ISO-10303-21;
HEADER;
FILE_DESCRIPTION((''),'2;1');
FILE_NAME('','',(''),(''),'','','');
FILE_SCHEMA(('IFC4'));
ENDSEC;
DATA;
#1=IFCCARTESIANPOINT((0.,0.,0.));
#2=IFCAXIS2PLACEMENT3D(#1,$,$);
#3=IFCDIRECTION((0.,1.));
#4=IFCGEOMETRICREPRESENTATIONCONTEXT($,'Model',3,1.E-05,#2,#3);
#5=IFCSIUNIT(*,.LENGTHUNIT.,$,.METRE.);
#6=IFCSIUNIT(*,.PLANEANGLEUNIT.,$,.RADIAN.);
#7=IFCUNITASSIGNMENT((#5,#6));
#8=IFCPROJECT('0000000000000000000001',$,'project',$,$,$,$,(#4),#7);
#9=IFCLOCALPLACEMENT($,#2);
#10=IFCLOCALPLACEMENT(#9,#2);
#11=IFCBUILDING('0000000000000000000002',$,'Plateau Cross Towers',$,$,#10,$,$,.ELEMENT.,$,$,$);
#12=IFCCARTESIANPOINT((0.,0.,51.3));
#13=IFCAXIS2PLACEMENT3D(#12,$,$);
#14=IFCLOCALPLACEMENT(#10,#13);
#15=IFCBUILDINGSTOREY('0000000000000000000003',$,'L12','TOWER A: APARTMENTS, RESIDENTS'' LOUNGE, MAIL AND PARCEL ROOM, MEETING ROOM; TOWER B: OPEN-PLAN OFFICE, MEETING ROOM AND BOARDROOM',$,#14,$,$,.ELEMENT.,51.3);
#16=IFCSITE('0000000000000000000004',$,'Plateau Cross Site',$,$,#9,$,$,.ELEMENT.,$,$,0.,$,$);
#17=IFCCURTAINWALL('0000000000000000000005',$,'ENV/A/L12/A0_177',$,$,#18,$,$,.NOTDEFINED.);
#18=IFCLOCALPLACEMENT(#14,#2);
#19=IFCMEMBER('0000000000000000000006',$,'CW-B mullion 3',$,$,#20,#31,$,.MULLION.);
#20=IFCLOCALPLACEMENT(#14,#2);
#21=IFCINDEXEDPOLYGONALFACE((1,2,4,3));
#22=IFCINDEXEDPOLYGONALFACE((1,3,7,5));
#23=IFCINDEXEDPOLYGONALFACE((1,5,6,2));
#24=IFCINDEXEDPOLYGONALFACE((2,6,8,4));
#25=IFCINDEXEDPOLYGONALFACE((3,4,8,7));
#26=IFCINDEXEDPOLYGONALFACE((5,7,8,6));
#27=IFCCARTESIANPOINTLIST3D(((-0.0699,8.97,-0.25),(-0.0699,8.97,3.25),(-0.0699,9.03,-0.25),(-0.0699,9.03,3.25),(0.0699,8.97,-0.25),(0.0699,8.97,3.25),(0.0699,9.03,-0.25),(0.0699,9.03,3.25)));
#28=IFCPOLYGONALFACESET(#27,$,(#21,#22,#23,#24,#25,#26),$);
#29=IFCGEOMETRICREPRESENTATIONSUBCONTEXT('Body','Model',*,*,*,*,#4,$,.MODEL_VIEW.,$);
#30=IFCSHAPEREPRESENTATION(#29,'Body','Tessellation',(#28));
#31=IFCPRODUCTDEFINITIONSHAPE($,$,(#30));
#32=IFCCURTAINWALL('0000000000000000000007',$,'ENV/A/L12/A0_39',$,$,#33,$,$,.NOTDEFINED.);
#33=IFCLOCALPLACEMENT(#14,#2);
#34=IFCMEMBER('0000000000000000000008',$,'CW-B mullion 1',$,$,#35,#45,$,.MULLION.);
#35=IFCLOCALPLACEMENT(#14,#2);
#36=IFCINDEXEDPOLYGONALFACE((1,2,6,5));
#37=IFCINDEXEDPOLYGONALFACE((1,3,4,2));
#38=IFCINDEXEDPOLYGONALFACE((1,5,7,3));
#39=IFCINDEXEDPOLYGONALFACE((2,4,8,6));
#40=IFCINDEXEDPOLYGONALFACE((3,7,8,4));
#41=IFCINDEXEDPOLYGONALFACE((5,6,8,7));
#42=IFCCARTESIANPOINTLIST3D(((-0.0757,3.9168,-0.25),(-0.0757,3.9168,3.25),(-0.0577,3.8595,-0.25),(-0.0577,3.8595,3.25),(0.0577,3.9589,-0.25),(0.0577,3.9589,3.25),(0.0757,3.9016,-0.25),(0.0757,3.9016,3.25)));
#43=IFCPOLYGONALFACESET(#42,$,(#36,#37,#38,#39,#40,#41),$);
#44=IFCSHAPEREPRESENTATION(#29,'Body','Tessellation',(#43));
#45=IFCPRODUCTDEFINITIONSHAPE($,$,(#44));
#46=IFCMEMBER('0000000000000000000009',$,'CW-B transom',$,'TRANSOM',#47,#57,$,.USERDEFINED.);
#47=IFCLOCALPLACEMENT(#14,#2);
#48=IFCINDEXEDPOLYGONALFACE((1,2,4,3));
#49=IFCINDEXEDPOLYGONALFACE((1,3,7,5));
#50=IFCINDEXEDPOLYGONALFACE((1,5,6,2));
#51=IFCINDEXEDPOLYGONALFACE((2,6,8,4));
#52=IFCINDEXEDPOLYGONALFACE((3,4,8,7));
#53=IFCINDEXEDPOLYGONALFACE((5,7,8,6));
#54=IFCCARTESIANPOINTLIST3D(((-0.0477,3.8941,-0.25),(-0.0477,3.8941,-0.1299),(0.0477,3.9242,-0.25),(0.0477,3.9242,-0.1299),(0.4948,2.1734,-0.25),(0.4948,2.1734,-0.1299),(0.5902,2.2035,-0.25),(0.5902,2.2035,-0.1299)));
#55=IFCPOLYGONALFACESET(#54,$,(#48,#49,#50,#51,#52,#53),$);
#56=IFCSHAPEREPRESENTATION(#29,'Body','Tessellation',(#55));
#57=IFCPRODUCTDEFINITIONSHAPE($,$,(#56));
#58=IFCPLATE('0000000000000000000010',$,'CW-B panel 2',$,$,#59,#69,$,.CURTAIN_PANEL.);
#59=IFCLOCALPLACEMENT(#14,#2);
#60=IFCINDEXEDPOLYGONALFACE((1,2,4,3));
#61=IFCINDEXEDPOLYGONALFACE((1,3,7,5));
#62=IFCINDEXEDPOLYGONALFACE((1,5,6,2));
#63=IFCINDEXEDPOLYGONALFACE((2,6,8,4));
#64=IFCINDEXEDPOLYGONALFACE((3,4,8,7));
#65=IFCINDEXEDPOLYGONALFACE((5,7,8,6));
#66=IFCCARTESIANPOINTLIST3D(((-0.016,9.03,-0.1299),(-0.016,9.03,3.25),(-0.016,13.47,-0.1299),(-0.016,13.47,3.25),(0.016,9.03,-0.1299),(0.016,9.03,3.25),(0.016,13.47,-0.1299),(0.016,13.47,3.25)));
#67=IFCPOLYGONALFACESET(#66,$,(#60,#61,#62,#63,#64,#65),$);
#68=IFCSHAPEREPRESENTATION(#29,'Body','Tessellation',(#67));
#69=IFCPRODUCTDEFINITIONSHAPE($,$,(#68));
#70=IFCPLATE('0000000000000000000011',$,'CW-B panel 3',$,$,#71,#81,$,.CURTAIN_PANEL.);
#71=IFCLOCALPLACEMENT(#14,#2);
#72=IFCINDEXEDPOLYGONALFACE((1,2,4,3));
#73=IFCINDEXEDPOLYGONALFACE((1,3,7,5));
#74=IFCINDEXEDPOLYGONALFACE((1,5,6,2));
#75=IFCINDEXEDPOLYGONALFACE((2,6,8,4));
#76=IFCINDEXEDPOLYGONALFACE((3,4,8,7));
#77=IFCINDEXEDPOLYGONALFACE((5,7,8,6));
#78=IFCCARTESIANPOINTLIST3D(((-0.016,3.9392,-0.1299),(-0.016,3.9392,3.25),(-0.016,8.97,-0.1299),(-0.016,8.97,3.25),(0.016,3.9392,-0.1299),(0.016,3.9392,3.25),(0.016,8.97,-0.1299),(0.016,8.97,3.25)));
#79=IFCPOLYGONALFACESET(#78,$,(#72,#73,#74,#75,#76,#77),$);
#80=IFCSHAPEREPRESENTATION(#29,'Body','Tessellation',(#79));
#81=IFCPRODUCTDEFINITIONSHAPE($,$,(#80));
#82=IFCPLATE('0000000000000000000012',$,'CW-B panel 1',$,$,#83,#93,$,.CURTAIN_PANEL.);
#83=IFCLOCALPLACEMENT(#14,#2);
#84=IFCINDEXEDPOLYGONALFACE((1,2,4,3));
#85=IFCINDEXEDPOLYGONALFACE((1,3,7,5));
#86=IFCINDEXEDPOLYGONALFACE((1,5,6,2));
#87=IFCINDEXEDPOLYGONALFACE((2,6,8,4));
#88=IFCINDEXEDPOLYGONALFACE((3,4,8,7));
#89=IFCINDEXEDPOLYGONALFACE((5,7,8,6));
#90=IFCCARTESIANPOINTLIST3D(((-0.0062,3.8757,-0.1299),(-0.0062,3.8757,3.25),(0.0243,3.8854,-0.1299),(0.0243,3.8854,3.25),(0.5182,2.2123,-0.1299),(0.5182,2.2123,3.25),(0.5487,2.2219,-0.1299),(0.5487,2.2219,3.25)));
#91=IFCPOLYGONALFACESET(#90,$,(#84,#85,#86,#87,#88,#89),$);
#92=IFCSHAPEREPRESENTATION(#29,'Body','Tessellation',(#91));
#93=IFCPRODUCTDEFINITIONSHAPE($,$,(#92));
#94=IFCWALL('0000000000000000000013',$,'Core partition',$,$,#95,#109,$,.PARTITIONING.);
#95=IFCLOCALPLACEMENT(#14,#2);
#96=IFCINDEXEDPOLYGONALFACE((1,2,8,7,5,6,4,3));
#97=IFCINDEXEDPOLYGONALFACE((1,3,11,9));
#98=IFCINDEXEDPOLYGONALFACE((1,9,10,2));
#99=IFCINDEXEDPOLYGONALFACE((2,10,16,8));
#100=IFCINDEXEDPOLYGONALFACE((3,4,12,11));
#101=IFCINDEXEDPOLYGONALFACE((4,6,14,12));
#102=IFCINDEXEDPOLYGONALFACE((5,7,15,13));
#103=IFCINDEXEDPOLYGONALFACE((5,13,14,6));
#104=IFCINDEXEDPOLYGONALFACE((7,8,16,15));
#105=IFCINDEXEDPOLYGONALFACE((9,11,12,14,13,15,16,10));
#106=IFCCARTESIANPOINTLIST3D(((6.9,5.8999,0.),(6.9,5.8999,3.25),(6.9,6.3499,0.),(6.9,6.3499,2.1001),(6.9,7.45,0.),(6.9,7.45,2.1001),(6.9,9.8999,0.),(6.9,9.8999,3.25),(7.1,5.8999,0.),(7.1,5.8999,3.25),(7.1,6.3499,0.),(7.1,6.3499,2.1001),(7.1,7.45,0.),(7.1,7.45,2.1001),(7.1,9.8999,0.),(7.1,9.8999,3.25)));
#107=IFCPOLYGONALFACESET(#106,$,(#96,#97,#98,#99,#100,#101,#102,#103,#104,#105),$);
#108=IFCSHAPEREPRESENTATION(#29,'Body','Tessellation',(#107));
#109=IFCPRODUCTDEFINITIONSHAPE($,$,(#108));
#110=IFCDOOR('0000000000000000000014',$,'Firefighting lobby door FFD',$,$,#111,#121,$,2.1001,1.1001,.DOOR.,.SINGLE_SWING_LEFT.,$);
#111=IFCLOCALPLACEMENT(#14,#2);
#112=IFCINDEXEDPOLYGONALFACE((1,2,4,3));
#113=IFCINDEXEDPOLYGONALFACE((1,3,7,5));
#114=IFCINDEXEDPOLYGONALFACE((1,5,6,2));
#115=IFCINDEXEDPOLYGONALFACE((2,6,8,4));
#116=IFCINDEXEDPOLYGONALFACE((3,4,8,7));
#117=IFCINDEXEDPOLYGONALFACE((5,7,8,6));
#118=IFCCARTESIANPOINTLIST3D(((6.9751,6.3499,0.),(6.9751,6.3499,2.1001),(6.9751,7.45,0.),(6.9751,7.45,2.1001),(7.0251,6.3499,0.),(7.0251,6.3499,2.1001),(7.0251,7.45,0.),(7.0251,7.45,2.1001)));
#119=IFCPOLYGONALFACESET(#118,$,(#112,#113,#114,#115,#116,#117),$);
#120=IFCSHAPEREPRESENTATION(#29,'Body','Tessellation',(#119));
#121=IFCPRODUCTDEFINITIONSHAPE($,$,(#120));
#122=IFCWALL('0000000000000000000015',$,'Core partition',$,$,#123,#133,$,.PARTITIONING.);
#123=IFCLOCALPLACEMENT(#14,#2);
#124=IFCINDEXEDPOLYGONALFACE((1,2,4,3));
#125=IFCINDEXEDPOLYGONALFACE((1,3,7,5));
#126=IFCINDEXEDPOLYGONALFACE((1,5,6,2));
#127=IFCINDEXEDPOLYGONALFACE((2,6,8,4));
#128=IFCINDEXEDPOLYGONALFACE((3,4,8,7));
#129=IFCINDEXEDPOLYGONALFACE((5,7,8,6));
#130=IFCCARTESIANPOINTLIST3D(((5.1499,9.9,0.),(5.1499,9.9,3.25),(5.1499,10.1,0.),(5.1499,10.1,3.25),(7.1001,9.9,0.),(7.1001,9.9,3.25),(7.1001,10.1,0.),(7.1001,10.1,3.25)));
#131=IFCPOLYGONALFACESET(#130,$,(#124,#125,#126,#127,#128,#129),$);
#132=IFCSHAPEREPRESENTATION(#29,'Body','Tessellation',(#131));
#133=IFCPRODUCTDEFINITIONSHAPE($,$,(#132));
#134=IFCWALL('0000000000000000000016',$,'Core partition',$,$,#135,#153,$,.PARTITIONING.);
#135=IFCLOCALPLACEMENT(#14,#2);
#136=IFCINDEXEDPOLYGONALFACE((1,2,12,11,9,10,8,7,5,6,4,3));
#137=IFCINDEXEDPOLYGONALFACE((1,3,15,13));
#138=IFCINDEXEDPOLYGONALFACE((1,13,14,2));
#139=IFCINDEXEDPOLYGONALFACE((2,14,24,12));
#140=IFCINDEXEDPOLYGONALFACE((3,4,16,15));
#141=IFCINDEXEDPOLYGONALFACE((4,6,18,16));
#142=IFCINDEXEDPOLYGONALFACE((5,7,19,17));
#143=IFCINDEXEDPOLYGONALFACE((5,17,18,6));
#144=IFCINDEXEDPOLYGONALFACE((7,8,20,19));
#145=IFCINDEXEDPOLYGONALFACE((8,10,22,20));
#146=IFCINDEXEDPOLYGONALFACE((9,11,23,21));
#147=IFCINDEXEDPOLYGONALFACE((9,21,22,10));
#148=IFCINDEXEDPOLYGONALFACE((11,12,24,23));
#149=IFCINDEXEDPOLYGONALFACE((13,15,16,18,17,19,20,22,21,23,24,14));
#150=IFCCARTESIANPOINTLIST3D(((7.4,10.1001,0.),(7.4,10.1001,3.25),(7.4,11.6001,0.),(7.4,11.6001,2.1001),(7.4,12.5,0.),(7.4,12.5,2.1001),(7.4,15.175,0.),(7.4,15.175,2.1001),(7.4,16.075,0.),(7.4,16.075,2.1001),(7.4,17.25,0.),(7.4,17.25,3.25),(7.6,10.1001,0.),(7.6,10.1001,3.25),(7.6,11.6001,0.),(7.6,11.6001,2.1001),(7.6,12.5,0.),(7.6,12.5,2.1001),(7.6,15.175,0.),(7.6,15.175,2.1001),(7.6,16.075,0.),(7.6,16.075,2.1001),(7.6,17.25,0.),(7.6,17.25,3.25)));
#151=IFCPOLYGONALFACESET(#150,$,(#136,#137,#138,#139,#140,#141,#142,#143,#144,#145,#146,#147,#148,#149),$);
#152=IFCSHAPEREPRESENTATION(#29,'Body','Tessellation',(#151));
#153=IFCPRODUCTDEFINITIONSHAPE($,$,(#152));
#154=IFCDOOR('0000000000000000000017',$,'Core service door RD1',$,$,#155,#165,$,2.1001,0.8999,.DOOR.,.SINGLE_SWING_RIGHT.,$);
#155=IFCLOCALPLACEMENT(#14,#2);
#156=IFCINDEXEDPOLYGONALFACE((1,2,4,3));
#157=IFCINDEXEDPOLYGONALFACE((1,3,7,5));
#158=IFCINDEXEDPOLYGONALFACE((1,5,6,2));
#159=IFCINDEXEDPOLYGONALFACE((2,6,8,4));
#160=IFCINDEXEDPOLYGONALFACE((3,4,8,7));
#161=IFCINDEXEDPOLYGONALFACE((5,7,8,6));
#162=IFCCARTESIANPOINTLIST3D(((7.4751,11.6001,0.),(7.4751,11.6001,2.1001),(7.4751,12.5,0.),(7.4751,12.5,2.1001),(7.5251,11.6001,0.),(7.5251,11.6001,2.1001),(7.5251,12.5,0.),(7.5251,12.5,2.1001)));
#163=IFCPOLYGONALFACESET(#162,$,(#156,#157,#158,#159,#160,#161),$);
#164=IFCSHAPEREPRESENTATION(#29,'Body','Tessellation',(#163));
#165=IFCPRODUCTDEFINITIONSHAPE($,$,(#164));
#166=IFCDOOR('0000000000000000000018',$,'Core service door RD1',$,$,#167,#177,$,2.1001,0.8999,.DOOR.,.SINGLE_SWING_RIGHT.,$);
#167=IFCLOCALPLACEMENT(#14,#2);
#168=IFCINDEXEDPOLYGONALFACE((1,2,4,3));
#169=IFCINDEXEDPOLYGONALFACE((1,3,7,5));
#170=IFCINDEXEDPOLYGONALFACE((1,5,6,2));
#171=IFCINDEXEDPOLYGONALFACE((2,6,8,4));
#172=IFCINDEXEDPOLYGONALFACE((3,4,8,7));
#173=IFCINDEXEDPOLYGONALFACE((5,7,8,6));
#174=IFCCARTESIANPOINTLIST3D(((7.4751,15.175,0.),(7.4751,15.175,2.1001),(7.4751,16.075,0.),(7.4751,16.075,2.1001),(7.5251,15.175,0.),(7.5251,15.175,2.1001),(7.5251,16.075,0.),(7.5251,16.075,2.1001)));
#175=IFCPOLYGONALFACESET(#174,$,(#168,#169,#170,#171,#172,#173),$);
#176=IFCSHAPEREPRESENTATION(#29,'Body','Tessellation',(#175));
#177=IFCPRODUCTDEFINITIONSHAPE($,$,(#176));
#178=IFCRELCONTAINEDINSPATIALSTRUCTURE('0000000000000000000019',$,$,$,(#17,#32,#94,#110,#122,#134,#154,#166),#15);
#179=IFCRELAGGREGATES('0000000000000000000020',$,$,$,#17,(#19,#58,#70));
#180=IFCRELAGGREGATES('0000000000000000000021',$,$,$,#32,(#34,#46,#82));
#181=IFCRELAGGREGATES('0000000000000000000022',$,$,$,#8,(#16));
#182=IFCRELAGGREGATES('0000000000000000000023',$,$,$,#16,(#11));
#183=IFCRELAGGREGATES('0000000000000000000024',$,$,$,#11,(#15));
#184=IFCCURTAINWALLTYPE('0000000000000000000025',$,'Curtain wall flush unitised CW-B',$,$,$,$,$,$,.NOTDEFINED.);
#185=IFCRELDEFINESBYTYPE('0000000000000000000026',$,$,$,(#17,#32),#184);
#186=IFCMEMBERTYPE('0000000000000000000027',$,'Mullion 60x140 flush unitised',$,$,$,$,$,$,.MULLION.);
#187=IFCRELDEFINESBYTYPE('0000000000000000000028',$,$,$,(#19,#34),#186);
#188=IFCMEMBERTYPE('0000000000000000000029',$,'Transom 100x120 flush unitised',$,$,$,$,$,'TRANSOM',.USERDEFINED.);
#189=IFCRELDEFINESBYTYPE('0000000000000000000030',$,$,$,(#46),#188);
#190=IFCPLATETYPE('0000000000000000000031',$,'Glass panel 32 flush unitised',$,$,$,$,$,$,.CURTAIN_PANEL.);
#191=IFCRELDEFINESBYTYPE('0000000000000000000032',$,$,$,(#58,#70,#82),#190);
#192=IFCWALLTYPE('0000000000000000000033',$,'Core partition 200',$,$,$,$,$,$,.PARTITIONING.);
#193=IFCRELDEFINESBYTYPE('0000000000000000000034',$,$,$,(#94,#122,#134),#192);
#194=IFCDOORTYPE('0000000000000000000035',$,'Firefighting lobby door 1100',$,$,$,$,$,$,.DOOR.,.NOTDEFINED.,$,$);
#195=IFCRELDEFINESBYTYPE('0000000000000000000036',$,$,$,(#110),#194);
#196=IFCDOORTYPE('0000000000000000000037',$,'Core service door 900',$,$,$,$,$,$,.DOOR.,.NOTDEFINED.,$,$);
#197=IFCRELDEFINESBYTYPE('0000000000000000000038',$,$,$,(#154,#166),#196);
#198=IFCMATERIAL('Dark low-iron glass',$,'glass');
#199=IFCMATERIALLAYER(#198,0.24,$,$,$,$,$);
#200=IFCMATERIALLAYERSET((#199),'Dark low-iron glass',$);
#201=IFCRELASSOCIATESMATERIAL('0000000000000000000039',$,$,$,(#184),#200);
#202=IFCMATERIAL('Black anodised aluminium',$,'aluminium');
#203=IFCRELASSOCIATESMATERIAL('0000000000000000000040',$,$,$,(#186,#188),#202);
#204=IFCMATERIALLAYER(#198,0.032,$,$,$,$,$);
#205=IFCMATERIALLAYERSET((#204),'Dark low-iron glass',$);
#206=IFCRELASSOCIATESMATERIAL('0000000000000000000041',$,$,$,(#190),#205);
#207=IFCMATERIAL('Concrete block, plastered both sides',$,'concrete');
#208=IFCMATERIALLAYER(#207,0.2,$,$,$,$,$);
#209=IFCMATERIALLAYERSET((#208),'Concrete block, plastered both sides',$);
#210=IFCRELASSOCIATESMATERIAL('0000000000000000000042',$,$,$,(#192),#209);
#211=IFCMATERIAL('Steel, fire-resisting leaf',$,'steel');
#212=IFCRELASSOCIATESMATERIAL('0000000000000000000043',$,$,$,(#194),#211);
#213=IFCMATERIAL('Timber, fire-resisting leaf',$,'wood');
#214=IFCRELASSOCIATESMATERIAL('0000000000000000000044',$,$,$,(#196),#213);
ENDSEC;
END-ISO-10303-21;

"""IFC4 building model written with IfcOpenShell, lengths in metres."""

from ifc_helpers import new_model, si_unit, direction, frame, frame_2d, origin, origin_2d, place, context, subcontext, project, spatial, rectangle, extrude, material, layer, layer_set, material_profile, profile_set, type_object, element, fill, aggregate, save


model = new_model("IFC4")

# Units and contexts
model_context = context("Model", 3, precision=1e-05, world=origin(), true_north=direction((0.0, 1.0)))
body_context = subcontext(model_context, "Body", "Model", "MODEL_VIEW")
ifc_project = project(units=[si_unit("LENGTHUNIT", "METRE"), si_unit("PLANEANGLEUNIT", "RADIAN")], contexts=[model_context])

# Site, building, storey
site_placement = place(None, origin())
site = spatial("IfcSite", under=ifc_project, at=site_placement, Name="Plateau Cross Site", CompositionType="ELEMENT", RefElevation=0.0)
building_placement = place(site_placement, origin())
building = spatial("IfcBuilding", under=site, at=building_placement, Name="Plateau Cross Towers", CompositionType="ELEMENT")
storey_placement = place(building_placement, frame((0.0, 0.0, 51.3)))
storey = spatial("IfcBuildingStorey", under=building, at=storey_placement, Name="L12", Description="TOWER A: APARTMENTS, RESIDENTS' LOUNGE, MAIL AND PARCEL ROOM, MEETING ROOM; TOWER B: OPEN-PLAN OFFICE, MEETING ROOM AND BOARDROOM", CompositionType="ELEMENT", Elevation=51.3)

# Curtain wall, member
ifc_material_1 = material(Name="Dark low-iron glass", Category="glass")
ifc_layer_1 = layer(ifc_material_1, 0.24)
ifc_layer_set_1 = layer_set([ifc_layer_1], Name="Dark low-iron glass")
curtain_wall_type = type_object("IfcCurtainWallType", Name="Curtain wall flush unitised CW-B", PredefinedType="NOTDEFINED", material=ifc_layer_set_1)
curtain_wall_1_placement = place(storey_placement, origin())
curtain_wall_1 = element("IfcCurtainWall", 1, at=curtain_wall_1_placement, inside=storey, type_object=curtain_wall_type, Name="ENV/A/L12/A0_177", PredefinedType="NOTDEFINED")
ifc_material_2 = material(Name="Black anodised aluminium", Category="aluminium")
ifc_material_profile_1 = material_profile(ifc_material_2, rectangle(XDim=0.0601, YDim=0.1399, at=origin_2d()), Name="MULLION 60x140")
ifc_profile_set_1 = profile_set([ifc_material_profile_1], Name="Black anodised aluminium")
member_type_1 = type_object("IfcMemberType", Name="Mullion 60x140 flush unitised", PredefinedType="MULLION", material=ifc_profile_set_1)
member_1_placement = place(storey_placement, frame((0.0, 9.0, -0.25), z_axis=(0.0, 0.0, 1.0), x_axis=(0.0, -1.0, 0.0)))
member_1 = element("IfcMember", 2, at=member_1_placement, type_object=member_type_1, Name="CW-B mullion 3", PredefinedType="MULLION", context=body_context, shape_type="SweptSolid", body=[
    extrude(rectangle(XDim=0.0601, YDim=0.1399, at=origin_2d()), origin(), (0.0, 0.0, 1.0), 3.5),
])

# Curtain wall, members
curtain_wall_2_placement = place(storey_placement, origin())
curtain_wall_2 = element("IfcCurtainWall", 3, at=curtain_wall_2_placement, inside=storey, type_object=curtain_wall_type, Name="ENV/A/L12/A0_39", PredefinedType="NOTDEFINED")
member_2_placement = place(storey_placement, frame((0.0, 3.9092, -0.25), z_axis=(0.0, 0.0, 1.0), x_axis=(0.300686, -0.953723, 0.0)))
member_2 = element("IfcMember", 4, at=member_2_placement, type_object=member_type_1, Name="CW-B mullion 1", PredefinedType="MULLION", context=body_context, shape_type="SweptSolid", body=[
    extrude(rectangle(XDim=0.0601, YDim=0.1399, at=origin_2d()), origin(), (0.0, 0.0, 1.0), 3.5),
])
ifc_material_profile_2 = material_profile(ifc_material_2, rectangle(XDim=0.1001, YDim=0.1201, at=origin_2d()), Name="TRANSOM 100x120")
ifc_profile_set_2 = profile_set([ifc_material_profile_2], Name="Black anodised aluminium")
member_type_2 = type_object("IfcMemberType", Name="Transom 100x120 flush unitised", ElementType="TRANSOM", PredefinedType="USERDEFINED", material=ifc_profile_set_2)
member_3_placement = place(storey_placement, frame((0.0, 3.9092, -0.1899), z_axis=(0.300678, -0.953726, 0.0), x_axis=(0.953726, 0.300678, 0.0)))
member_3 = element("IfcMember", 5, at=member_3_placement, type_object=member_type_2, Name="CW-B transom", ObjectType="TRANSOM", PredefinedType="USERDEFINED", context=body_context, shape_type="SweptSolid", body=[
    extrude(rectangle(XDim=0.1001, YDim=0.1201, at=origin_2d()), origin(), (0.0, 0.0, 1.0), 1.8042),
])

# Plates
ifc_layer_2 = layer(ifc_material_1, 0.032)
ifc_layer_set_2 = layer_set([ifc_layer_2], Name="Dark low-iron glass")
plate_type = type_object("IfcPlateType", Name="Glass panel 32 flush unitised", PredefinedType="CURTAIN_PANEL", material=ifc_layer_set_2)
plate_1_placement = place(storey_placement, frame((0.0, 11.25, -0.1299), z_axis=(0.0, 0.0, 1.0), x_axis=(0.0, -1.0, 0.0)))
plate_1 = element("IfcPlate", 6, at=plate_1_placement, type_object=plate_type, Name="CW-B panel 2", PredefinedType="CURTAIN_PANEL", context=body_context, shape_type="SweptSolid", body=[
    extrude(rectangle(XDim=4.4399, YDim=0.032, at=origin_2d()), origin(), (0.0, 0.0, 1.0), 3.3799),
])
plate_2_placement = place(storey_placement, frame((0.0, 6.4546, -0.1299), z_axis=(0.0, 0.0, 1.0), x_axis=(0.0, -1.0, 0.0)))
plate_2 = element("IfcPlate", 7, at=plate_2_placement, type_object=plate_type, Name="CW-B panel 3", PredefinedType="CURTAIN_PANEL", context=body_context, shape_type="SweptSolid", body=[
    extrude(rectangle(XDim=5.0308, YDim=0.032, at=origin_2d()), origin(), (0.0, 0.0, 1.0), 3.3799),
])
aggregate(curtain_wall_1, [member_1, plate_1, plate_2])
plate_3_placement = place(storey_placement, frame((0.2712, 3.0488, -0.1299), z_axis=(0.0, 0.0, 1.0), x_axis=(0.300686, -0.953723, 0.0)))
plate_3 = element("IfcPlate", 8, at=plate_3_placement, type_object=plate_type, Name="CW-B panel 1", PredefinedType="CURTAIN_PANEL", context=body_context, shape_type="SweptSolid", body=[
    extrude(rectangle(XDim=1.7441, YDim=0.032, at=origin_2d()), origin(), (0.0, 0.0, 1.0), 3.3799),
])
aggregate(curtain_wall_2, [member_2, member_3, plate_3])

# Wall, opening, door
ifc_material_3 = material(Name="Concrete block, plastered both sides", Category="concrete")
ifc_layer_3 = layer(ifc_material_3, 0.2)
ifc_layer_set_3 = layer_set([ifc_layer_3], Name="Concrete block, plastered both sides")
wall_type_1 = type_object("IfcWallType", Name="Core partition 200", PredefinedType="PARTITIONING", material=ifc_layer_set_3)
wall_1_placement = place(storey_placement, frame((7.0, 5.8999, 0.0), z_axis=(0.0, 0.0, 1.0), x_axis=(0.0, 1.0, 0.0)))
wall_1 = element("IfcWall", 9, at=wall_1_placement, inside=storey, type_object=wall_type_1, Name="Core partition", PredefinedType="PARTITIONING", context=body_context, shape_type="SweptSolid", body=[
    extrude(rectangle(XDim=4.0, YDim=0.2, at=frame_2d((2.0, 0.0))), origin(), (0.0, 0.0, 1.0), 3.25),
])
opening_1_placement = place(wall_1_placement, frame((0.45, 0.0, 0.0)))
opening_1 = element("IfcOpeningElement", 10, at=opening_1_placement, cuts=wall_1, PredefinedType="OPENING", context=body_context, shape_type="SweptSolid", body=[
    extrude(rectangle(XDim=1.1001, YDim=2.1001, at=frame_2d((0.55, 1.05))), frame((0.0, 0.1099, 0.0), z_axis=(0.0, -1.0, 0.0), x_axis=(1.0, 0.0, 0.0)), (0.0, 0.0, 1.0), 0.22),
])
ifc_material_4 = material(Name="Steel, fire-resisting leaf", Category="steel")
door_type_1 = type_object("IfcDoorType", Name="Firefighting lobby door 1100", OperationType="NOTDEFINED", PredefinedType="DOOR", material=ifc_material_4)
door_1_placement = place(opening_1_placement, origin())
door_1 = element("IfcDoor", 11, at=door_1_placement, inside=storey, type_object=door_type_1, Name="Firefighting lobby door FFD", OperationType="SINGLE_SWING_LEFT", OverallHeight=2.1001, OverallWidth=1.1001, PredefinedType="DOOR", context=body_context, shape_type="SweptSolid", body=[
    extrude(rectangle(XDim=1.1001, YDim=2.1001, at=frame_2d((0.55, 1.05))), frame((0.0, 0.0249, 0.0), z_axis=(0.0, -1.0, 0.0), x_axis=(1.0, 0.0, 0.0)), (0.0, 0.0, 1.0), 0.05),
])
fill(opening_1, door_1)

# Wall
wall_2_placement = place(storey_placement, frame((5.1499, 10.0, 0.0), z_axis=(0.0, 0.0, 1.0), x_axis=(1.0, 0.0, 0.0)))
element("IfcWall", 12, at=wall_2_placement, inside=storey, type_object=wall_type_1, Name="Core partition", PredefinedType="PARTITIONING", context=body_context, shape_type="SweptSolid", body=[
    extrude(rectangle(XDim=1.9502, YDim=0.2, at=frame_2d((0.9751, 0.0))), origin(), (0.0, 0.0, 1.0), 3.25),
])

# Wall, openings, doors
wall_3_placement = place(storey_placement, frame((7.5, 10.1001, 0.0), z_axis=(0.0, 0.0, 1.0), x_axis=(0.0, 1.0, 0.0)))
wall_3 = element("IfcWall", 13, at=wall_3_placement, inside=storey, type_object=wall_type_1, Name="Core partition", PredefinedType="PARTITIONING", context=body_context, shape_type="SweptSolid", body=[
    extrude(rectangle(XDim=7.1499, YDim=0.2, at=frame_2d((3.575, 0.0))), origin(), (0.0, 0.0, 1.0), 3.25),
])
opening_2_placement = place(wall_3_placement, frame((1.5, 0.0, 0.0)))
opening_2 = element("IfcOpeningElement", 14, at=opening_2_placement, cuts=wall_3, PredefinedType="OPENING", context=body_context, shape_type="SweptSolid", body=[
    extrude(rectangle(XDim=0.8999, YDim=2.1001, at=frame_2d((0.45, 1.05))), frame((0.0, 0.1099, 0.0), z_axis=(0.0, -1.0, 0.0), x_axis=(1.0, 0.0, 0.0)), (0.0, 0.0, 1.0), 0.22),
])
opening_3_placement = place(wall_3_placement, frame((5.075, 0.0, 0.0)))
opening_3 = element("IfcOpeningElement", 15, at=opening_3_placement, cuts=wall_3, PredefinedType="OPENING", context=body_context, shape_type="SweptSolid", body=[
    extrude(rectangle(XDim=0.8999, YDim=2.1001, at=frame_2d((0.45, 1.05))), frame((0.0, 0.1099, 0.0), z_axis=(0.0, -1.0, 0.0), x_axis=(1.0, 0.0, 0.0)), (0.0, 0.0, 1.0), 0.22),
])
ifc_material_5 = material(Name="Timber, fire-resisting leaf", Category="wood")
door_type_2 = type_object("IfcDoorType", Name="Core service door 900", OperationType="NOTDEFINED", PredefinedType="DOOR", material=ifc_material_5)
door_2_placement = place(opening_2_placement, origin())
door_2 = element("IfcDoor", 16, at=door_2_placement, inside=storey, type_object=door_type_2, Name="Core service door RD1", OperationType="SINGLE_SWING_RIGHT", OverallHeight=2.1001, OverallWidth=0.8999, PredefinedType="DOOR", context=body_context, shape_type="SweptSolid", body=[
    extrude(rectangle(XDim=0.8999, YDim=2.1001, at=frame_2d((0.45, 1.05))), frame((0.0, 0.0249, 0.0), z_axis=(0.0, -1.0, 0.0), x_axis=(1.0, 0.0, 0.0)), (0.0, 0.0, 1.0), 0.05),
])
fill(opening_2, door_2)
door_3_placement = place(opening_3_placement, origin())
door_3 = element("IfcDoor", 17, at=door_3_placement, inside=storey, type_object=door_type_2, Name="Core service door RD1", OperationType="SINGLE_SWING_RIGHT", OverallHeight=2.1001, OverallWidth=0.8999, PredefinedType="DOOR", context=body_context, shape_type="SweptSolid", body=[
    extrude(rectangle(XDim=0.8999, YDim=2.1001, at=frame_2d((0.45, 1.05))), frame((0.0, 0.0249, 0.0), z_axis=(0.0, -1.0, 0.0), x_axis=(1.0, 0.0, 0.0)), (0.0, 0.0, 1.0), 0.05),
])
fill(opening_3, door_3)

save(model, "model.ifc")
